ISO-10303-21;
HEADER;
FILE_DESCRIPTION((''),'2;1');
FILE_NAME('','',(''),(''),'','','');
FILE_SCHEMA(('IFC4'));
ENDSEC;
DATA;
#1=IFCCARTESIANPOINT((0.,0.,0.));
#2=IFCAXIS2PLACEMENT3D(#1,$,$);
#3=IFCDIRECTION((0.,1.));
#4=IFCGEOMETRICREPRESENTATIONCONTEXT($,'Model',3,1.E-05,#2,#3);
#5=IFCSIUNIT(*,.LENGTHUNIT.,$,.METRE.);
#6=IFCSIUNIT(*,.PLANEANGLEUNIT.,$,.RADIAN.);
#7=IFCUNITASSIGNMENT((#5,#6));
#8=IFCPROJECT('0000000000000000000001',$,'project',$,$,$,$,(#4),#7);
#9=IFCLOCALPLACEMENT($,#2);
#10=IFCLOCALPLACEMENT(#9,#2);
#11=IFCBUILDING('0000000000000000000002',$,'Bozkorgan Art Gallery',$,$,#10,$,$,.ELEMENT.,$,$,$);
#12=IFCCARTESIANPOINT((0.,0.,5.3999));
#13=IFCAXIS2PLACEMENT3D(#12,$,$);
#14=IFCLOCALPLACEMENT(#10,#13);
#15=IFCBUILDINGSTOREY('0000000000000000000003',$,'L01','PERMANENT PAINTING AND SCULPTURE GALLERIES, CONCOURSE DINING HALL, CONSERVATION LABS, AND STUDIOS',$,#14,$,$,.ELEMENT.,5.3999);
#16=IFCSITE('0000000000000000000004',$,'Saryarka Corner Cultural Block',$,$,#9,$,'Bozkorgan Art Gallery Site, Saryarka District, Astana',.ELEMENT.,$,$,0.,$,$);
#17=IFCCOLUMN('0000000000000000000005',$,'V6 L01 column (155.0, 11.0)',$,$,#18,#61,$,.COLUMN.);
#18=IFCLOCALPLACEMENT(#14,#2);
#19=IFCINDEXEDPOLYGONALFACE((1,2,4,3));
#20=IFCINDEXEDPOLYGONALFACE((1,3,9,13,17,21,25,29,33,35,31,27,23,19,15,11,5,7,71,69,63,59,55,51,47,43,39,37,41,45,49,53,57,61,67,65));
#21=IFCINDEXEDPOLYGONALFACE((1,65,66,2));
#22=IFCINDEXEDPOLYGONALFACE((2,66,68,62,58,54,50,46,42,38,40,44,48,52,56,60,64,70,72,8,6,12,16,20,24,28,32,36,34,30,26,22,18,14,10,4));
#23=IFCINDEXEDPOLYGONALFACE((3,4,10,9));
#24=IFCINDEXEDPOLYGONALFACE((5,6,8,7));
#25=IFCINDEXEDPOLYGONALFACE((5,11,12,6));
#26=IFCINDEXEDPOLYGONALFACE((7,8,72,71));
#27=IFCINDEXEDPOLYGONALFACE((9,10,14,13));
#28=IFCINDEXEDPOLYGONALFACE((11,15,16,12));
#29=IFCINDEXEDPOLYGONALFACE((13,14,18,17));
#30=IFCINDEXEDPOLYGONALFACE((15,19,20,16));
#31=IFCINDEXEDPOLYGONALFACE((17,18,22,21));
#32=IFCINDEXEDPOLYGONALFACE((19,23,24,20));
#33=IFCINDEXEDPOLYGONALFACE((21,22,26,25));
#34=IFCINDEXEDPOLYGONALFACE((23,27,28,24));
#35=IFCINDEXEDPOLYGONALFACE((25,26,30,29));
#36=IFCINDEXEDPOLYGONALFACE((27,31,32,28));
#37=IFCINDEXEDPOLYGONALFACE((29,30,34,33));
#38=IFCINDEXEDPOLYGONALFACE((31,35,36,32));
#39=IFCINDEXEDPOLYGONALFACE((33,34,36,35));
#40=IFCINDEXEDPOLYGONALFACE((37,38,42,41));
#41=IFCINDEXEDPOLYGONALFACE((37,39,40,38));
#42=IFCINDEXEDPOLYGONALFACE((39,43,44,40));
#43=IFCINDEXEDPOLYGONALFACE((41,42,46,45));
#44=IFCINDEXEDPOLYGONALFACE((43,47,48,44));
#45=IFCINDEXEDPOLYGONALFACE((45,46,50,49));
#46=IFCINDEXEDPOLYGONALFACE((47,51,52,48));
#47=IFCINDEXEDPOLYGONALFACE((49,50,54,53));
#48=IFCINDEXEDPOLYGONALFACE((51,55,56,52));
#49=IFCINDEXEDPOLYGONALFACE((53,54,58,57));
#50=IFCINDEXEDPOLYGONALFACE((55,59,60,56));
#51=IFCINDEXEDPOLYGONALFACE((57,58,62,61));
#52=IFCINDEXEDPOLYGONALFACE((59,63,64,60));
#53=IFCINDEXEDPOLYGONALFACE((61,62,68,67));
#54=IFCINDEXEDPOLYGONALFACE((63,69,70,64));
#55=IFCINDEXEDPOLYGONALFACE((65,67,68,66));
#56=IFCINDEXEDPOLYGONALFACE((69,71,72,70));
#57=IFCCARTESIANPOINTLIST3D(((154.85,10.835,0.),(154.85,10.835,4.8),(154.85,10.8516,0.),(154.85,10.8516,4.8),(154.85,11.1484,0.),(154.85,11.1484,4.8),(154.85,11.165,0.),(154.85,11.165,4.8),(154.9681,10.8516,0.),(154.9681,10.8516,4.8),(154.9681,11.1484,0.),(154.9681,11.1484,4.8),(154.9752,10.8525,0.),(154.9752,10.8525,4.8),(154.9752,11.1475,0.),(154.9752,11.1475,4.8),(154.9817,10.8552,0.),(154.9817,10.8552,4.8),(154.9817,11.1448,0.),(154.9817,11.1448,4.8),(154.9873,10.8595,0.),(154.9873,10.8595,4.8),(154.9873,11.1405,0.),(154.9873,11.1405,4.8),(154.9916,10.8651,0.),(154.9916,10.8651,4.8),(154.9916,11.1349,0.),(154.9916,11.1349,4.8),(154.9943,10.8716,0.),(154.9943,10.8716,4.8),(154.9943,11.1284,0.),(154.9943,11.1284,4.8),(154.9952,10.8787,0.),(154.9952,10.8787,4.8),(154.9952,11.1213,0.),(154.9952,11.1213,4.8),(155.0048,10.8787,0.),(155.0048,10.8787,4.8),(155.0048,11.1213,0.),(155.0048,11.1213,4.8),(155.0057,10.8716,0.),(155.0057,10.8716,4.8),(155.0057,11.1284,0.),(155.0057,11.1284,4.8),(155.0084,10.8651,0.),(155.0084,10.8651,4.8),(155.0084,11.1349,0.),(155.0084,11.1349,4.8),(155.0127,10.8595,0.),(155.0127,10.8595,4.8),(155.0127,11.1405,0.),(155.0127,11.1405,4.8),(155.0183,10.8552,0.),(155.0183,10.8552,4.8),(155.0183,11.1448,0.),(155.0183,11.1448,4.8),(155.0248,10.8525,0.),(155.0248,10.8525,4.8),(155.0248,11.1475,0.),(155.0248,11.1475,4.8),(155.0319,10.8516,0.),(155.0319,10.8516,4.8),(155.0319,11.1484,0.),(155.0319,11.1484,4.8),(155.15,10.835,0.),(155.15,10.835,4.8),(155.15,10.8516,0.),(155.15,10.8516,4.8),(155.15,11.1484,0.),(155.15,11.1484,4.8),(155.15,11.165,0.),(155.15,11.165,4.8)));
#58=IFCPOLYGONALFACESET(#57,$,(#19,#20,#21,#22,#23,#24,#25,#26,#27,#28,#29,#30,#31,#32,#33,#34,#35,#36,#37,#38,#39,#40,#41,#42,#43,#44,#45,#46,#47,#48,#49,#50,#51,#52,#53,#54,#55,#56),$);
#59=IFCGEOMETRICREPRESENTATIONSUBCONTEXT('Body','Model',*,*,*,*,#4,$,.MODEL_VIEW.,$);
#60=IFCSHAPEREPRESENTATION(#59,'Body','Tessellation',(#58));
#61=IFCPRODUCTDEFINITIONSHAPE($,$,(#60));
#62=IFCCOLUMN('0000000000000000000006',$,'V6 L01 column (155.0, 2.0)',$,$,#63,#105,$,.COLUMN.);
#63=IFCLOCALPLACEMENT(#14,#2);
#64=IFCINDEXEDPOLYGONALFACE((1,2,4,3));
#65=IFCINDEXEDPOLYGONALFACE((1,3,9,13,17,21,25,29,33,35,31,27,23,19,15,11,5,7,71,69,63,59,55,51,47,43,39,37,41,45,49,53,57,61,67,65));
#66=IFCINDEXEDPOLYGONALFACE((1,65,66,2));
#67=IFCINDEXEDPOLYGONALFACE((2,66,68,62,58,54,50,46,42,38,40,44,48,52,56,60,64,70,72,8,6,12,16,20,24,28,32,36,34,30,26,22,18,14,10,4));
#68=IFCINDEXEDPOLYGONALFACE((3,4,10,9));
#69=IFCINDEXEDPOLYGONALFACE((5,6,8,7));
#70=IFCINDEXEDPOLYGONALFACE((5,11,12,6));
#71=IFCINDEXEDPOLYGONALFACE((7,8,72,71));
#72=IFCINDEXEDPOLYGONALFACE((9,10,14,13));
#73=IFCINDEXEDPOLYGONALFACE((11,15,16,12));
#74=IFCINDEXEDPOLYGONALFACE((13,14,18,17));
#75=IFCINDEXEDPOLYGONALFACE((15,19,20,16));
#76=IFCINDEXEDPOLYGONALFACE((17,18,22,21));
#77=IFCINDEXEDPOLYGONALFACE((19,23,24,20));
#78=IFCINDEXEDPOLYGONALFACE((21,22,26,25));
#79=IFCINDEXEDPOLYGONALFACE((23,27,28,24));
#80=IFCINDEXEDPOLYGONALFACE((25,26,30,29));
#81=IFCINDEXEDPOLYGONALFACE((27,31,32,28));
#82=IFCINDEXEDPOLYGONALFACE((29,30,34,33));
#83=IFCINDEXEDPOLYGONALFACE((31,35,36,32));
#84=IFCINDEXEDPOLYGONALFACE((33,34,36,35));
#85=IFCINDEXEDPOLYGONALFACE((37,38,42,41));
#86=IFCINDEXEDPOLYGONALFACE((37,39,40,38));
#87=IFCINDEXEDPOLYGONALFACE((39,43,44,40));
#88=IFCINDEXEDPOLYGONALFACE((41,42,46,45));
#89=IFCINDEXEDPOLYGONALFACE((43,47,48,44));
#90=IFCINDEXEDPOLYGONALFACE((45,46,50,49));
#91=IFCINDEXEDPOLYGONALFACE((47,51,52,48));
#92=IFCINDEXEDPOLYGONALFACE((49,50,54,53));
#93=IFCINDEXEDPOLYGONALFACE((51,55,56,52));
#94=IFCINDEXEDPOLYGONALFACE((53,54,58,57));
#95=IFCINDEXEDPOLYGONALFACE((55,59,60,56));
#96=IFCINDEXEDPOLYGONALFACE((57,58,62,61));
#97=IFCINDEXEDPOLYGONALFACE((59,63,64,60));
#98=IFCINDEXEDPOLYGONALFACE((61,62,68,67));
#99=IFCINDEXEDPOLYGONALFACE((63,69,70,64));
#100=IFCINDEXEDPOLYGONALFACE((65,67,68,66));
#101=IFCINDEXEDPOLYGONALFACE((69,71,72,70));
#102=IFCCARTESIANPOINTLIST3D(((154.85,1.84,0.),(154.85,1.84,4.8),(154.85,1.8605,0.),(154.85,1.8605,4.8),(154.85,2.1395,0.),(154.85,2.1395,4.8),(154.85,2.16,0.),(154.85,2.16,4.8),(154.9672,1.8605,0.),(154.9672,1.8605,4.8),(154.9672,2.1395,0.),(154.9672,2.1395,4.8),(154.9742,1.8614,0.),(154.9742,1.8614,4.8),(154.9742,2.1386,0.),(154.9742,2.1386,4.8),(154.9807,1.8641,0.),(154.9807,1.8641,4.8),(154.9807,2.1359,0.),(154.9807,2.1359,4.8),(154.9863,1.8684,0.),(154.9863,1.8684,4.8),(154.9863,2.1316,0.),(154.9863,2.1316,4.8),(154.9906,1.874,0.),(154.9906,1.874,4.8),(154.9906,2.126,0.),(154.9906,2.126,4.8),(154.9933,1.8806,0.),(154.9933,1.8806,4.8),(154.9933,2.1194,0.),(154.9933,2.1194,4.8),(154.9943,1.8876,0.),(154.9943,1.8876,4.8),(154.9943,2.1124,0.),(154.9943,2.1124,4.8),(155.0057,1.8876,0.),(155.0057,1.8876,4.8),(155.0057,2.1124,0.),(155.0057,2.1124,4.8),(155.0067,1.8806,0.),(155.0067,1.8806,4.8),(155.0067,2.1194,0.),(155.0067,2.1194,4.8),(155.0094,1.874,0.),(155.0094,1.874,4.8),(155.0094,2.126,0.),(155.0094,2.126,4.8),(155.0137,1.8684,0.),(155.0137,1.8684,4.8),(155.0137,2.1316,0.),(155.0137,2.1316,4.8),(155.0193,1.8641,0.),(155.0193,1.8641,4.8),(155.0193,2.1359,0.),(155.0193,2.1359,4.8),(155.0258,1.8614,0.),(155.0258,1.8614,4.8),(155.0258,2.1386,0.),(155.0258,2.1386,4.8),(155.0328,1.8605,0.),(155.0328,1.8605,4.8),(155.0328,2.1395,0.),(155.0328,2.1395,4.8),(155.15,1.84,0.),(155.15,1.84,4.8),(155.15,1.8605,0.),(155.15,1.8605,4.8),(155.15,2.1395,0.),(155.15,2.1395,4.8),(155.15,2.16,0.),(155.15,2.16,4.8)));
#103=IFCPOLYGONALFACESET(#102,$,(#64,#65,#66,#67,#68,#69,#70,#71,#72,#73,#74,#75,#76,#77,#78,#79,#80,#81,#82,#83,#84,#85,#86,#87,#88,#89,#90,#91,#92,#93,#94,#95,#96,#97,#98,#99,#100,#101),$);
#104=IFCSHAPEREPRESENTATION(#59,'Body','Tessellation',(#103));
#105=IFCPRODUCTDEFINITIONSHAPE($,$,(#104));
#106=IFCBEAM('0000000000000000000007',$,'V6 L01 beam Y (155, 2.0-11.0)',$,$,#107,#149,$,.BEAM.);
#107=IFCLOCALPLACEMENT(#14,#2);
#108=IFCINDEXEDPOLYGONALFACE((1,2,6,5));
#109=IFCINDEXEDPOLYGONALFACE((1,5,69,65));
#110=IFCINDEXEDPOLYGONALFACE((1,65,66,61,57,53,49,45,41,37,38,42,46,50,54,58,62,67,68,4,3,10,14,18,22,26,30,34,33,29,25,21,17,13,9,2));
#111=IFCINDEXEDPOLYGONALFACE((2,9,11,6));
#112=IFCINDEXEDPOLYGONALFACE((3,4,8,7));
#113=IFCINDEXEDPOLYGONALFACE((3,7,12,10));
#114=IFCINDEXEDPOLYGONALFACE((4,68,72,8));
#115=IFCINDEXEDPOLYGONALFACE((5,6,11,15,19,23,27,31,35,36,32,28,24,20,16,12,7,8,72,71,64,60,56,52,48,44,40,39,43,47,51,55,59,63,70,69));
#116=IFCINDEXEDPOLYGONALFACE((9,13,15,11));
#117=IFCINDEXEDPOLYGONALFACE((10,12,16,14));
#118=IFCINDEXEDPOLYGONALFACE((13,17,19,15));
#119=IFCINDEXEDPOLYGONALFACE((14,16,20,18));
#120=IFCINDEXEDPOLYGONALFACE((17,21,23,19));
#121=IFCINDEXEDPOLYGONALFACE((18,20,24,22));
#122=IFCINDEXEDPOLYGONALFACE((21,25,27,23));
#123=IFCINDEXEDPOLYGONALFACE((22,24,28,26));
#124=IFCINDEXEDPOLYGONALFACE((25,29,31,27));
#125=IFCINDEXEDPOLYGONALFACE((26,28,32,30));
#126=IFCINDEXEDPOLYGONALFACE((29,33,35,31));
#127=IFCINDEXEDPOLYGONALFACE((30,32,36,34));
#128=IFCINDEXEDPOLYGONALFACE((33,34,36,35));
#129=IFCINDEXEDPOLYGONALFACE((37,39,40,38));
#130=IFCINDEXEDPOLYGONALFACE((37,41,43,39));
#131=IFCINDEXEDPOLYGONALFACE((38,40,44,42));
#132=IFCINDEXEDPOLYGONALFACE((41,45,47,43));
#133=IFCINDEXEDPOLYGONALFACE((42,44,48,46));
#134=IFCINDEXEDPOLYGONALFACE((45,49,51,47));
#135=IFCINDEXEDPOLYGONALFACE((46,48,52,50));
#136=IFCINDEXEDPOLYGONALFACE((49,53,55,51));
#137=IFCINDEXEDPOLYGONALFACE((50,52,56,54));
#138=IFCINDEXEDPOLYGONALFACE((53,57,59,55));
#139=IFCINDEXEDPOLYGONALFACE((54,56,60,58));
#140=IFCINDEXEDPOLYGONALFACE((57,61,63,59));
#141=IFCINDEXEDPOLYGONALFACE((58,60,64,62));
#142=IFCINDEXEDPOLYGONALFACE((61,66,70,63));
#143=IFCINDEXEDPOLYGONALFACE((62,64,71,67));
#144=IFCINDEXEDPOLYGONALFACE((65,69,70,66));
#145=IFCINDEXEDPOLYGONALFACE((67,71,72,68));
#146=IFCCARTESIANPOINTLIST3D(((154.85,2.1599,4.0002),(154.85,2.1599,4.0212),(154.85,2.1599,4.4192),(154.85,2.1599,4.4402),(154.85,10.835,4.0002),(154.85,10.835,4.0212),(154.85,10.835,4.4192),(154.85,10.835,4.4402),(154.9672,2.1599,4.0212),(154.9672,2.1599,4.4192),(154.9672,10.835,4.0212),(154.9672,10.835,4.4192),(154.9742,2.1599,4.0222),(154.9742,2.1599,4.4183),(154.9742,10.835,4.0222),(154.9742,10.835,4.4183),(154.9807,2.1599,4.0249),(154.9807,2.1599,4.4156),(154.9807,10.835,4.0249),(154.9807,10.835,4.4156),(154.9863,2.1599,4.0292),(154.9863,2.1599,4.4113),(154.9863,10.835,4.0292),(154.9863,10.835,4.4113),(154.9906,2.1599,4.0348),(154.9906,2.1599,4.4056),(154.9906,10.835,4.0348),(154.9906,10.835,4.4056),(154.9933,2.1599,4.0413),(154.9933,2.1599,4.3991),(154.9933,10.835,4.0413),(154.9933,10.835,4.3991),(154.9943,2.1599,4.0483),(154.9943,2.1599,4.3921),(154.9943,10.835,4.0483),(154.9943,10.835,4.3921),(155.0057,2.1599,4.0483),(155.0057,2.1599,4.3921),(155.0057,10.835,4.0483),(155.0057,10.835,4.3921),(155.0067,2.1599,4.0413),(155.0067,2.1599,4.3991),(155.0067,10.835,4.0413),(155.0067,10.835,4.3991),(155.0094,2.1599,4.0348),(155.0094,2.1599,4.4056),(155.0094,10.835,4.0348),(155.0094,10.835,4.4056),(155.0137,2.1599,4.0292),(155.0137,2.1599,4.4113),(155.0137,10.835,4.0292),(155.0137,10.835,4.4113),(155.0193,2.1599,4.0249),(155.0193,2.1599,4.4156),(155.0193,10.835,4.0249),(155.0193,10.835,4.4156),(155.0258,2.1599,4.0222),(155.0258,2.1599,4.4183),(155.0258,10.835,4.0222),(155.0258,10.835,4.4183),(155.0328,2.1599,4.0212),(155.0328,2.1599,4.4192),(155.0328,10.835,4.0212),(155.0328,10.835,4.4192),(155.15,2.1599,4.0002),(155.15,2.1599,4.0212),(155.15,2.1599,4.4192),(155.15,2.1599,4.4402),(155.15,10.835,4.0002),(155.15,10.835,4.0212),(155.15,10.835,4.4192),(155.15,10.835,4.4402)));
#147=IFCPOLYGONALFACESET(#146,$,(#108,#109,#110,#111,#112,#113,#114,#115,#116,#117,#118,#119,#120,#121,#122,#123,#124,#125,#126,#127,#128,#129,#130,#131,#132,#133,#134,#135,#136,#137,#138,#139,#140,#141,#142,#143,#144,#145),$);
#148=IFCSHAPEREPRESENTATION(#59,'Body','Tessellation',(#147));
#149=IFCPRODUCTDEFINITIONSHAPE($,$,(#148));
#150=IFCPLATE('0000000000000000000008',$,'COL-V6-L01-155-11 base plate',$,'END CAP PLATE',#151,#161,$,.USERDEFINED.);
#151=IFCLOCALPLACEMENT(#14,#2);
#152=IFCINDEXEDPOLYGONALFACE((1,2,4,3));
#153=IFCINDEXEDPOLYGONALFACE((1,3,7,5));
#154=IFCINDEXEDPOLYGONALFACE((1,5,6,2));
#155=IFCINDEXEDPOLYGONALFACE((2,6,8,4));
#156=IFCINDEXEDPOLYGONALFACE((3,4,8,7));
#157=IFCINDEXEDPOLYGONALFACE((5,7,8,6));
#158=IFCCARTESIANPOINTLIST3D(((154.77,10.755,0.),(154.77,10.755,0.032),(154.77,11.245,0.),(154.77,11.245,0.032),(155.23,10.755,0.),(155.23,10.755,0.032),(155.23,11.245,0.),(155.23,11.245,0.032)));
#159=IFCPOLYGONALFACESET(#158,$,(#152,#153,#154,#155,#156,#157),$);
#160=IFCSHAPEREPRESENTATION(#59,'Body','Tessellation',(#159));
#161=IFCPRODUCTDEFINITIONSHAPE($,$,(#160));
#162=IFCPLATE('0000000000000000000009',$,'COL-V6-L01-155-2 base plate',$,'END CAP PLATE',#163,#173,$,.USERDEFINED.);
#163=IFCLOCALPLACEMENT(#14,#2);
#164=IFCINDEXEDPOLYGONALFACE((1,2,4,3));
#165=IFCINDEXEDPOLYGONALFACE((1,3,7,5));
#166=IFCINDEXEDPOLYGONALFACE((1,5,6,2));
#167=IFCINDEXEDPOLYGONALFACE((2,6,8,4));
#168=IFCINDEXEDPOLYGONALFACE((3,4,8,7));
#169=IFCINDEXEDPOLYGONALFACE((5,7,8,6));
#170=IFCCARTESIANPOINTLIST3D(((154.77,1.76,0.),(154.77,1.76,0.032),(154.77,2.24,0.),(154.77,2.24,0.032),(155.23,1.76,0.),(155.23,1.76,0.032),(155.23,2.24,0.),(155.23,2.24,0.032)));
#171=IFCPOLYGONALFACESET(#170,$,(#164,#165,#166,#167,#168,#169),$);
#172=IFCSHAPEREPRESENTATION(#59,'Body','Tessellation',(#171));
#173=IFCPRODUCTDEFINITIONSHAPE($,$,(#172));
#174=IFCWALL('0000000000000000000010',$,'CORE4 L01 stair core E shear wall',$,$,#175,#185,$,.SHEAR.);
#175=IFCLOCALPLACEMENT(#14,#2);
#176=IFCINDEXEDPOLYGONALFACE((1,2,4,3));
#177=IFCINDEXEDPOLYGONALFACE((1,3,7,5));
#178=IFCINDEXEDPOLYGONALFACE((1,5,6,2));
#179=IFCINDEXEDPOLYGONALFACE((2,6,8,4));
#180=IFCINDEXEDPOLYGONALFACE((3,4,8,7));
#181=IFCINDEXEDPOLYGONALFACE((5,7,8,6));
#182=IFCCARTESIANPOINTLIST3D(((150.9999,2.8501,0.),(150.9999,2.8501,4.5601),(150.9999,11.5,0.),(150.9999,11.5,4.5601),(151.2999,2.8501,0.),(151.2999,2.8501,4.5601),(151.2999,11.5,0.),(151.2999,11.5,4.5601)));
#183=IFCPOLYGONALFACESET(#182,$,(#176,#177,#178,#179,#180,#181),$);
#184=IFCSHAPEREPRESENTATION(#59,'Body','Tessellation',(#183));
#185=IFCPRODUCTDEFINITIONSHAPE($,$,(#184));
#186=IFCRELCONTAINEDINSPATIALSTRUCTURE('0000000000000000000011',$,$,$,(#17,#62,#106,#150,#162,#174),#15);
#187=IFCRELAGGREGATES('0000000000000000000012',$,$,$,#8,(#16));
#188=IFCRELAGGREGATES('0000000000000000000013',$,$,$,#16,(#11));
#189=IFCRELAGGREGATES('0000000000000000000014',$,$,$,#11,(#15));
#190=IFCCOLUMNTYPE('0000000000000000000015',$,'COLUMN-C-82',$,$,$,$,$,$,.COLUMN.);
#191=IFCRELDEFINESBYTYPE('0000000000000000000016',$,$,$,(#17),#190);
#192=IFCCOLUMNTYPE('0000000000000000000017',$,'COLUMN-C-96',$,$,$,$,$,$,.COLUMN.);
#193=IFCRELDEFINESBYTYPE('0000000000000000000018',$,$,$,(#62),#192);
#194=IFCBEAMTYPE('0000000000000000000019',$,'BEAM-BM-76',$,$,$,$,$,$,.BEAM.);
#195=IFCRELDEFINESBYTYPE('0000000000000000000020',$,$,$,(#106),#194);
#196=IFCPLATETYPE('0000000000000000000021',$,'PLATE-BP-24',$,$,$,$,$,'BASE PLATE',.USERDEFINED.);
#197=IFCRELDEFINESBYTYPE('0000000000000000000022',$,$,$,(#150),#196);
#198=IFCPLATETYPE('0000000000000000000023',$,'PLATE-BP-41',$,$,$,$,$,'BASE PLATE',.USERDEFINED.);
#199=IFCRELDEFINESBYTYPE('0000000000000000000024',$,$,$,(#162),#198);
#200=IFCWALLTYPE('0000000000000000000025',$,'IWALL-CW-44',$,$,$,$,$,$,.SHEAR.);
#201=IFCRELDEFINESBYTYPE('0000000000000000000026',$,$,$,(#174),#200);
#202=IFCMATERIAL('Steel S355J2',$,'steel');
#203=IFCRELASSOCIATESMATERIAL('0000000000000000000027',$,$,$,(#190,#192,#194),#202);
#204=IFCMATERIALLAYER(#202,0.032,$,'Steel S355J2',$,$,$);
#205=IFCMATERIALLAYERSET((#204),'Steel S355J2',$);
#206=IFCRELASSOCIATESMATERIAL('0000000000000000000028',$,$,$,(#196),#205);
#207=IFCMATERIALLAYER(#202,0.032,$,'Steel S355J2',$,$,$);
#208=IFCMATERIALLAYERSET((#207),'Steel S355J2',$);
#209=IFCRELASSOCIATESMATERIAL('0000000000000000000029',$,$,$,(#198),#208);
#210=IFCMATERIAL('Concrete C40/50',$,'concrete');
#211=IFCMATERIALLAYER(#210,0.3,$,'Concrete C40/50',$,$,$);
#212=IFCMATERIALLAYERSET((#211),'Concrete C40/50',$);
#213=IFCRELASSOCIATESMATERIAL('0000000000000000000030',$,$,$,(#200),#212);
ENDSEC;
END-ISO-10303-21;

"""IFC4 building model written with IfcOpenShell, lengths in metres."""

from ifc_helpers import new_model, si_unit, direction, frame, frame_2d, origin, origin_2d, place, context, subcontext, project, spatial, rectangle, i_section, extrude, material, layer, layer_set, material_profile, profile_set, type_object, element, save


model = new_model("IFC4")

# Units and contexts
model_context = context("Model", 3, precision=1e-05, world=origin(), true_north=direction((0.0, 1.0)))
body_context = subcontext(model_context, "Body", "Model", "MODEL_VIEW")
ifc_project = project(units=[si_unit("LENGTHUNIT", "METRE"), si_unit("PLANEANGLEUNIT", "RADIAN")], contexts=[model_context])

# Site, building, storey
site_placement = place(None, origin())
site = spatial("IfcSite", under=ifc_project, at=site_placement, Name="Saryarka Corner Cultural Block", LongName="Bozkorgan Art Gallery Site, Saryarka District, Astana", CompositionType="ELEMENT", RefElevation=0.0)
building_placement = place(site_placement, origin())
building = spatial("IfcBuilding", under=site, at=building_placement, Name="Bozkorgan Art Gallery", CompositionType="ELEMENT")
storey_placement = place(building_placement, frame((0.0, 0.0, 5.3999)))
storey = spatial("IfcBuildingStorey", under=building, at=storey_placement, Name="L01", Description="PERMANENT PAINTING AND SCULPTURE GALLERIES, CONCOURSE DINING HALL, CONSERVATION LABS, AND STUDIOS", CompositionType="ELEMENT", Elevation=5.3999)

# Columns
ifc_material_1 = material(Name="Steel S355J2", Category="steel")
ifc_material_profile_1 = material_profile(ifc_material_1, i_section(OverallWidth=0.3, OverallDepth=0.3301, WebThickness=0.0095, FlangeThickness=0.0166, FilletRadius=0.0271, at=origin_2d()), Name="HEA 340")
ifc_profile_set_1 = profile_set([ifc_material_profile_1], Name="Steel S355J2")
column_type_1 = type_object("IfcColumnType", Name="COLUMN-C-82", PredefinedType="COLUMN", material=ifc_profile_set_1)
column_1_placement = place(storey_placement, frame((155.0, 11.0, 0.0), z_axis=(0.0, 0.0, 1.0), x_axis=(1.0, 0.0, 0.0)))
element("IfcColumn", 1, at=column_1_placement, inside=storey, type_object=column_type_1, Name="V6 L01 column (155.0, 11.0)", PredefinedType="COLUMN", context=body_context, shape_type="SweptSolid", body=[
    extrude(i_section(OverallWidth=0.3, OverallDepth=0.3301, WebThickness=0.0095, FlangeThickness=0.0166, FilletRadius=0.0271, at=origin_2d()), origin(), (0.0, 0.0, 1.0), 4.8),
])
ifc_material_profile_2 = material_profile(ifc_material_1, i_section(OverallWidth=0.3, OverallDepth=0.3201, WebThickness=0.0115, FlangeThickness=0.0205, FilletRadius=0.0271, at=origin_2d()), Name="HEB 320")
ifc_profile_set_2 = profile_set([ifc_material_profile_2], Name="Steel S355J2")
column_type_2 = type_object("IfcColumnType", Name="COLUMN-C-96", PredefinedType="COLUMN", material=ifc_profile_set_2)
column_2_placement = place(storey_placement, frame((155.0, 2.0, 0.0), z_axis=(0.0, 0.0, 1.0), x_axis=(1.0, 0.0, 0.0)))
element("IfcColumn", 2, at=column_2_placement, inside=storey, type_object=column_type_2, Name="V6 L01 column (155.0, 2.0)", PredefinedType="COLUMN", context=body_context, shape_type="SweptSolid", body=[
    extrude(i_section(OverallWidth=0.3, OverallDepth=0.3201, WebThickness=0.0115, FlangeThickness=0.0205, FilletRadius=0.0271, at=origin_2d()), origin(), (0.0, 0.0, 1.0), 4.8),
])

# Beam
ifc_material_profile_3 = material_profile(ifc_material_1, i_section(OverallWidth=0.3, OverallDepth=0.4399, WebThickness=0.0115, FlangeThickness=0.021, FilletRadius=0.0271, at=origin_2d()), Name="HEA 450")
ifc_profile_set_3 = profile_set([ifc_material_profile_3], Name="Steel S355J2")
beam_type = type_object("IfcBeamType", Name="BEAM-BM-76", PredefinedType="BEAM", material=ifc_profile_set_3)
beam_placement = place(storey_placement, frame((155.0, 2.1599, 4.2202), z_axis=(0.0, 1.0, 0.0), x_axis=(-1.0, 0.0, 0.0)))
element("IfcBeam", 3, at=beam_placement, inside=storey, type_object=beam_type, Name="V6 L01 beam Y (155, 2.0-11.0)", PredefinedType="BEAM", context=body_context, shape_type="SweptSolid", body=[
    extrude(i_section(OverallWidth=0.3, OverallDepth=0.4399, WebThickness=0.0115, FlangeThickness=0.021, FilletRadius=0.0271, at=origin_2d()), origin(), (0.0, 0.0, 1.0), 8.675),
])

# Plates
ifc_layer_1 = layer(ifc_material_1, 0.032, Name="Steel S355J2")
ifc_layer_set_1 = layer_set([ifc_layer_1], Name="Steel S355J2")
plate_type_1 = type_object("IfcPlateType", Name="PLATE-BP-24", ElementType="BASE PLATE", PredefinedType="USERDEFINED", material=ifc_layer_set_1)
plate_1_placement = place(storey_placement, frame((155.0, 11.0, 0.0), z_axis=(0.0, 0.0, 1.0), x_axis=(1.0, 0.0, 0.0)))
element("IfcPlate", 4, at=plate_1_placement, inside=storey, type_object=plate_type_1, Name="COL-V6-L01-155-11 base plate", ObjectType="END CAP PLATE", PredefinedType="USERDEFINED", context=body_context, shape_type="SweptSolid", body=[
    extrude(rectangle(XDim=0.46, YDim=0.49, at=origin_2d()), origin(), (0.0, 0.0, 1.0), 0.032),
])
ifc_layer_2 = layer(ifc_material_1, 0.032, Name="Steel S355J2")
ifc_layer_set_2 = layer_set([ifc_layer_2], Name="Steel S355J2")
plate_type_2 = type_object("IfcPlateType", Name="PLATE-BP-41", ElementType="BASE PLATE", PredefinedType="USERDEFINED", material=ifc_layer_set_2)
plate_2_placement = place(storey_placement, frame((155.0, 2.0, 0.0), z_axis=(0.0, 0.0, 1.0), x_axis=(1.0, 0.0, 0.0)))
element("IfcPlate", 5, at=plate_2_placement, inside=storey, type_object=plate_type_2, Name="COL-V6-L01-155-2 base plate", ObjectType="END CAP PLATE", PredefinedType="USERDEFINED", context=body_context, shape_type="SweptSolid", body=[
    extrude(rectangle(XDim=0.46, YDim=0.48, at=origin_2d()), origin(), (0.0, 0.0, 1.0), 0.032),
])

# Wall
ifc_material_2 = material(Name="Concrete C40/50", Category="concrete")
ifc_layer_3 = layer(ifc_material_2, 0.3, Name="Concrete C40/50")
ifc_layer_set_3 = layer_set([ifc_layer_3], Name="Concrete C40/50")
wall_type_1 = type_object("IfcWallType", Name="IWALL-CW-44", PredefinedType="SHEAR", material=ifc_layer_set_3)
wall_1_placement = place(storey_placement, frame((151.1499, 2.8501, 0.0), z_axis=(0.0, 0.0, 1.0), x_axis=(0.0, 1.0, 0.0)))
element("IfcWall", 6, at=wall_1_placement, inside=storey, type_object=wall_type_1, Name="CORE4 L01 stair core E shear wall", PredefinedType="SHEAR", context=body_context, shape_type="SweptSolid", body=[
    extrude(rectangle(XDim=8.6499, YDim=0.3, at=frame_2d((4.325, 0.0))), origin(), (0.0, 0.0, 1.0), 4.5601),
])

save(model, "model.ifc")
